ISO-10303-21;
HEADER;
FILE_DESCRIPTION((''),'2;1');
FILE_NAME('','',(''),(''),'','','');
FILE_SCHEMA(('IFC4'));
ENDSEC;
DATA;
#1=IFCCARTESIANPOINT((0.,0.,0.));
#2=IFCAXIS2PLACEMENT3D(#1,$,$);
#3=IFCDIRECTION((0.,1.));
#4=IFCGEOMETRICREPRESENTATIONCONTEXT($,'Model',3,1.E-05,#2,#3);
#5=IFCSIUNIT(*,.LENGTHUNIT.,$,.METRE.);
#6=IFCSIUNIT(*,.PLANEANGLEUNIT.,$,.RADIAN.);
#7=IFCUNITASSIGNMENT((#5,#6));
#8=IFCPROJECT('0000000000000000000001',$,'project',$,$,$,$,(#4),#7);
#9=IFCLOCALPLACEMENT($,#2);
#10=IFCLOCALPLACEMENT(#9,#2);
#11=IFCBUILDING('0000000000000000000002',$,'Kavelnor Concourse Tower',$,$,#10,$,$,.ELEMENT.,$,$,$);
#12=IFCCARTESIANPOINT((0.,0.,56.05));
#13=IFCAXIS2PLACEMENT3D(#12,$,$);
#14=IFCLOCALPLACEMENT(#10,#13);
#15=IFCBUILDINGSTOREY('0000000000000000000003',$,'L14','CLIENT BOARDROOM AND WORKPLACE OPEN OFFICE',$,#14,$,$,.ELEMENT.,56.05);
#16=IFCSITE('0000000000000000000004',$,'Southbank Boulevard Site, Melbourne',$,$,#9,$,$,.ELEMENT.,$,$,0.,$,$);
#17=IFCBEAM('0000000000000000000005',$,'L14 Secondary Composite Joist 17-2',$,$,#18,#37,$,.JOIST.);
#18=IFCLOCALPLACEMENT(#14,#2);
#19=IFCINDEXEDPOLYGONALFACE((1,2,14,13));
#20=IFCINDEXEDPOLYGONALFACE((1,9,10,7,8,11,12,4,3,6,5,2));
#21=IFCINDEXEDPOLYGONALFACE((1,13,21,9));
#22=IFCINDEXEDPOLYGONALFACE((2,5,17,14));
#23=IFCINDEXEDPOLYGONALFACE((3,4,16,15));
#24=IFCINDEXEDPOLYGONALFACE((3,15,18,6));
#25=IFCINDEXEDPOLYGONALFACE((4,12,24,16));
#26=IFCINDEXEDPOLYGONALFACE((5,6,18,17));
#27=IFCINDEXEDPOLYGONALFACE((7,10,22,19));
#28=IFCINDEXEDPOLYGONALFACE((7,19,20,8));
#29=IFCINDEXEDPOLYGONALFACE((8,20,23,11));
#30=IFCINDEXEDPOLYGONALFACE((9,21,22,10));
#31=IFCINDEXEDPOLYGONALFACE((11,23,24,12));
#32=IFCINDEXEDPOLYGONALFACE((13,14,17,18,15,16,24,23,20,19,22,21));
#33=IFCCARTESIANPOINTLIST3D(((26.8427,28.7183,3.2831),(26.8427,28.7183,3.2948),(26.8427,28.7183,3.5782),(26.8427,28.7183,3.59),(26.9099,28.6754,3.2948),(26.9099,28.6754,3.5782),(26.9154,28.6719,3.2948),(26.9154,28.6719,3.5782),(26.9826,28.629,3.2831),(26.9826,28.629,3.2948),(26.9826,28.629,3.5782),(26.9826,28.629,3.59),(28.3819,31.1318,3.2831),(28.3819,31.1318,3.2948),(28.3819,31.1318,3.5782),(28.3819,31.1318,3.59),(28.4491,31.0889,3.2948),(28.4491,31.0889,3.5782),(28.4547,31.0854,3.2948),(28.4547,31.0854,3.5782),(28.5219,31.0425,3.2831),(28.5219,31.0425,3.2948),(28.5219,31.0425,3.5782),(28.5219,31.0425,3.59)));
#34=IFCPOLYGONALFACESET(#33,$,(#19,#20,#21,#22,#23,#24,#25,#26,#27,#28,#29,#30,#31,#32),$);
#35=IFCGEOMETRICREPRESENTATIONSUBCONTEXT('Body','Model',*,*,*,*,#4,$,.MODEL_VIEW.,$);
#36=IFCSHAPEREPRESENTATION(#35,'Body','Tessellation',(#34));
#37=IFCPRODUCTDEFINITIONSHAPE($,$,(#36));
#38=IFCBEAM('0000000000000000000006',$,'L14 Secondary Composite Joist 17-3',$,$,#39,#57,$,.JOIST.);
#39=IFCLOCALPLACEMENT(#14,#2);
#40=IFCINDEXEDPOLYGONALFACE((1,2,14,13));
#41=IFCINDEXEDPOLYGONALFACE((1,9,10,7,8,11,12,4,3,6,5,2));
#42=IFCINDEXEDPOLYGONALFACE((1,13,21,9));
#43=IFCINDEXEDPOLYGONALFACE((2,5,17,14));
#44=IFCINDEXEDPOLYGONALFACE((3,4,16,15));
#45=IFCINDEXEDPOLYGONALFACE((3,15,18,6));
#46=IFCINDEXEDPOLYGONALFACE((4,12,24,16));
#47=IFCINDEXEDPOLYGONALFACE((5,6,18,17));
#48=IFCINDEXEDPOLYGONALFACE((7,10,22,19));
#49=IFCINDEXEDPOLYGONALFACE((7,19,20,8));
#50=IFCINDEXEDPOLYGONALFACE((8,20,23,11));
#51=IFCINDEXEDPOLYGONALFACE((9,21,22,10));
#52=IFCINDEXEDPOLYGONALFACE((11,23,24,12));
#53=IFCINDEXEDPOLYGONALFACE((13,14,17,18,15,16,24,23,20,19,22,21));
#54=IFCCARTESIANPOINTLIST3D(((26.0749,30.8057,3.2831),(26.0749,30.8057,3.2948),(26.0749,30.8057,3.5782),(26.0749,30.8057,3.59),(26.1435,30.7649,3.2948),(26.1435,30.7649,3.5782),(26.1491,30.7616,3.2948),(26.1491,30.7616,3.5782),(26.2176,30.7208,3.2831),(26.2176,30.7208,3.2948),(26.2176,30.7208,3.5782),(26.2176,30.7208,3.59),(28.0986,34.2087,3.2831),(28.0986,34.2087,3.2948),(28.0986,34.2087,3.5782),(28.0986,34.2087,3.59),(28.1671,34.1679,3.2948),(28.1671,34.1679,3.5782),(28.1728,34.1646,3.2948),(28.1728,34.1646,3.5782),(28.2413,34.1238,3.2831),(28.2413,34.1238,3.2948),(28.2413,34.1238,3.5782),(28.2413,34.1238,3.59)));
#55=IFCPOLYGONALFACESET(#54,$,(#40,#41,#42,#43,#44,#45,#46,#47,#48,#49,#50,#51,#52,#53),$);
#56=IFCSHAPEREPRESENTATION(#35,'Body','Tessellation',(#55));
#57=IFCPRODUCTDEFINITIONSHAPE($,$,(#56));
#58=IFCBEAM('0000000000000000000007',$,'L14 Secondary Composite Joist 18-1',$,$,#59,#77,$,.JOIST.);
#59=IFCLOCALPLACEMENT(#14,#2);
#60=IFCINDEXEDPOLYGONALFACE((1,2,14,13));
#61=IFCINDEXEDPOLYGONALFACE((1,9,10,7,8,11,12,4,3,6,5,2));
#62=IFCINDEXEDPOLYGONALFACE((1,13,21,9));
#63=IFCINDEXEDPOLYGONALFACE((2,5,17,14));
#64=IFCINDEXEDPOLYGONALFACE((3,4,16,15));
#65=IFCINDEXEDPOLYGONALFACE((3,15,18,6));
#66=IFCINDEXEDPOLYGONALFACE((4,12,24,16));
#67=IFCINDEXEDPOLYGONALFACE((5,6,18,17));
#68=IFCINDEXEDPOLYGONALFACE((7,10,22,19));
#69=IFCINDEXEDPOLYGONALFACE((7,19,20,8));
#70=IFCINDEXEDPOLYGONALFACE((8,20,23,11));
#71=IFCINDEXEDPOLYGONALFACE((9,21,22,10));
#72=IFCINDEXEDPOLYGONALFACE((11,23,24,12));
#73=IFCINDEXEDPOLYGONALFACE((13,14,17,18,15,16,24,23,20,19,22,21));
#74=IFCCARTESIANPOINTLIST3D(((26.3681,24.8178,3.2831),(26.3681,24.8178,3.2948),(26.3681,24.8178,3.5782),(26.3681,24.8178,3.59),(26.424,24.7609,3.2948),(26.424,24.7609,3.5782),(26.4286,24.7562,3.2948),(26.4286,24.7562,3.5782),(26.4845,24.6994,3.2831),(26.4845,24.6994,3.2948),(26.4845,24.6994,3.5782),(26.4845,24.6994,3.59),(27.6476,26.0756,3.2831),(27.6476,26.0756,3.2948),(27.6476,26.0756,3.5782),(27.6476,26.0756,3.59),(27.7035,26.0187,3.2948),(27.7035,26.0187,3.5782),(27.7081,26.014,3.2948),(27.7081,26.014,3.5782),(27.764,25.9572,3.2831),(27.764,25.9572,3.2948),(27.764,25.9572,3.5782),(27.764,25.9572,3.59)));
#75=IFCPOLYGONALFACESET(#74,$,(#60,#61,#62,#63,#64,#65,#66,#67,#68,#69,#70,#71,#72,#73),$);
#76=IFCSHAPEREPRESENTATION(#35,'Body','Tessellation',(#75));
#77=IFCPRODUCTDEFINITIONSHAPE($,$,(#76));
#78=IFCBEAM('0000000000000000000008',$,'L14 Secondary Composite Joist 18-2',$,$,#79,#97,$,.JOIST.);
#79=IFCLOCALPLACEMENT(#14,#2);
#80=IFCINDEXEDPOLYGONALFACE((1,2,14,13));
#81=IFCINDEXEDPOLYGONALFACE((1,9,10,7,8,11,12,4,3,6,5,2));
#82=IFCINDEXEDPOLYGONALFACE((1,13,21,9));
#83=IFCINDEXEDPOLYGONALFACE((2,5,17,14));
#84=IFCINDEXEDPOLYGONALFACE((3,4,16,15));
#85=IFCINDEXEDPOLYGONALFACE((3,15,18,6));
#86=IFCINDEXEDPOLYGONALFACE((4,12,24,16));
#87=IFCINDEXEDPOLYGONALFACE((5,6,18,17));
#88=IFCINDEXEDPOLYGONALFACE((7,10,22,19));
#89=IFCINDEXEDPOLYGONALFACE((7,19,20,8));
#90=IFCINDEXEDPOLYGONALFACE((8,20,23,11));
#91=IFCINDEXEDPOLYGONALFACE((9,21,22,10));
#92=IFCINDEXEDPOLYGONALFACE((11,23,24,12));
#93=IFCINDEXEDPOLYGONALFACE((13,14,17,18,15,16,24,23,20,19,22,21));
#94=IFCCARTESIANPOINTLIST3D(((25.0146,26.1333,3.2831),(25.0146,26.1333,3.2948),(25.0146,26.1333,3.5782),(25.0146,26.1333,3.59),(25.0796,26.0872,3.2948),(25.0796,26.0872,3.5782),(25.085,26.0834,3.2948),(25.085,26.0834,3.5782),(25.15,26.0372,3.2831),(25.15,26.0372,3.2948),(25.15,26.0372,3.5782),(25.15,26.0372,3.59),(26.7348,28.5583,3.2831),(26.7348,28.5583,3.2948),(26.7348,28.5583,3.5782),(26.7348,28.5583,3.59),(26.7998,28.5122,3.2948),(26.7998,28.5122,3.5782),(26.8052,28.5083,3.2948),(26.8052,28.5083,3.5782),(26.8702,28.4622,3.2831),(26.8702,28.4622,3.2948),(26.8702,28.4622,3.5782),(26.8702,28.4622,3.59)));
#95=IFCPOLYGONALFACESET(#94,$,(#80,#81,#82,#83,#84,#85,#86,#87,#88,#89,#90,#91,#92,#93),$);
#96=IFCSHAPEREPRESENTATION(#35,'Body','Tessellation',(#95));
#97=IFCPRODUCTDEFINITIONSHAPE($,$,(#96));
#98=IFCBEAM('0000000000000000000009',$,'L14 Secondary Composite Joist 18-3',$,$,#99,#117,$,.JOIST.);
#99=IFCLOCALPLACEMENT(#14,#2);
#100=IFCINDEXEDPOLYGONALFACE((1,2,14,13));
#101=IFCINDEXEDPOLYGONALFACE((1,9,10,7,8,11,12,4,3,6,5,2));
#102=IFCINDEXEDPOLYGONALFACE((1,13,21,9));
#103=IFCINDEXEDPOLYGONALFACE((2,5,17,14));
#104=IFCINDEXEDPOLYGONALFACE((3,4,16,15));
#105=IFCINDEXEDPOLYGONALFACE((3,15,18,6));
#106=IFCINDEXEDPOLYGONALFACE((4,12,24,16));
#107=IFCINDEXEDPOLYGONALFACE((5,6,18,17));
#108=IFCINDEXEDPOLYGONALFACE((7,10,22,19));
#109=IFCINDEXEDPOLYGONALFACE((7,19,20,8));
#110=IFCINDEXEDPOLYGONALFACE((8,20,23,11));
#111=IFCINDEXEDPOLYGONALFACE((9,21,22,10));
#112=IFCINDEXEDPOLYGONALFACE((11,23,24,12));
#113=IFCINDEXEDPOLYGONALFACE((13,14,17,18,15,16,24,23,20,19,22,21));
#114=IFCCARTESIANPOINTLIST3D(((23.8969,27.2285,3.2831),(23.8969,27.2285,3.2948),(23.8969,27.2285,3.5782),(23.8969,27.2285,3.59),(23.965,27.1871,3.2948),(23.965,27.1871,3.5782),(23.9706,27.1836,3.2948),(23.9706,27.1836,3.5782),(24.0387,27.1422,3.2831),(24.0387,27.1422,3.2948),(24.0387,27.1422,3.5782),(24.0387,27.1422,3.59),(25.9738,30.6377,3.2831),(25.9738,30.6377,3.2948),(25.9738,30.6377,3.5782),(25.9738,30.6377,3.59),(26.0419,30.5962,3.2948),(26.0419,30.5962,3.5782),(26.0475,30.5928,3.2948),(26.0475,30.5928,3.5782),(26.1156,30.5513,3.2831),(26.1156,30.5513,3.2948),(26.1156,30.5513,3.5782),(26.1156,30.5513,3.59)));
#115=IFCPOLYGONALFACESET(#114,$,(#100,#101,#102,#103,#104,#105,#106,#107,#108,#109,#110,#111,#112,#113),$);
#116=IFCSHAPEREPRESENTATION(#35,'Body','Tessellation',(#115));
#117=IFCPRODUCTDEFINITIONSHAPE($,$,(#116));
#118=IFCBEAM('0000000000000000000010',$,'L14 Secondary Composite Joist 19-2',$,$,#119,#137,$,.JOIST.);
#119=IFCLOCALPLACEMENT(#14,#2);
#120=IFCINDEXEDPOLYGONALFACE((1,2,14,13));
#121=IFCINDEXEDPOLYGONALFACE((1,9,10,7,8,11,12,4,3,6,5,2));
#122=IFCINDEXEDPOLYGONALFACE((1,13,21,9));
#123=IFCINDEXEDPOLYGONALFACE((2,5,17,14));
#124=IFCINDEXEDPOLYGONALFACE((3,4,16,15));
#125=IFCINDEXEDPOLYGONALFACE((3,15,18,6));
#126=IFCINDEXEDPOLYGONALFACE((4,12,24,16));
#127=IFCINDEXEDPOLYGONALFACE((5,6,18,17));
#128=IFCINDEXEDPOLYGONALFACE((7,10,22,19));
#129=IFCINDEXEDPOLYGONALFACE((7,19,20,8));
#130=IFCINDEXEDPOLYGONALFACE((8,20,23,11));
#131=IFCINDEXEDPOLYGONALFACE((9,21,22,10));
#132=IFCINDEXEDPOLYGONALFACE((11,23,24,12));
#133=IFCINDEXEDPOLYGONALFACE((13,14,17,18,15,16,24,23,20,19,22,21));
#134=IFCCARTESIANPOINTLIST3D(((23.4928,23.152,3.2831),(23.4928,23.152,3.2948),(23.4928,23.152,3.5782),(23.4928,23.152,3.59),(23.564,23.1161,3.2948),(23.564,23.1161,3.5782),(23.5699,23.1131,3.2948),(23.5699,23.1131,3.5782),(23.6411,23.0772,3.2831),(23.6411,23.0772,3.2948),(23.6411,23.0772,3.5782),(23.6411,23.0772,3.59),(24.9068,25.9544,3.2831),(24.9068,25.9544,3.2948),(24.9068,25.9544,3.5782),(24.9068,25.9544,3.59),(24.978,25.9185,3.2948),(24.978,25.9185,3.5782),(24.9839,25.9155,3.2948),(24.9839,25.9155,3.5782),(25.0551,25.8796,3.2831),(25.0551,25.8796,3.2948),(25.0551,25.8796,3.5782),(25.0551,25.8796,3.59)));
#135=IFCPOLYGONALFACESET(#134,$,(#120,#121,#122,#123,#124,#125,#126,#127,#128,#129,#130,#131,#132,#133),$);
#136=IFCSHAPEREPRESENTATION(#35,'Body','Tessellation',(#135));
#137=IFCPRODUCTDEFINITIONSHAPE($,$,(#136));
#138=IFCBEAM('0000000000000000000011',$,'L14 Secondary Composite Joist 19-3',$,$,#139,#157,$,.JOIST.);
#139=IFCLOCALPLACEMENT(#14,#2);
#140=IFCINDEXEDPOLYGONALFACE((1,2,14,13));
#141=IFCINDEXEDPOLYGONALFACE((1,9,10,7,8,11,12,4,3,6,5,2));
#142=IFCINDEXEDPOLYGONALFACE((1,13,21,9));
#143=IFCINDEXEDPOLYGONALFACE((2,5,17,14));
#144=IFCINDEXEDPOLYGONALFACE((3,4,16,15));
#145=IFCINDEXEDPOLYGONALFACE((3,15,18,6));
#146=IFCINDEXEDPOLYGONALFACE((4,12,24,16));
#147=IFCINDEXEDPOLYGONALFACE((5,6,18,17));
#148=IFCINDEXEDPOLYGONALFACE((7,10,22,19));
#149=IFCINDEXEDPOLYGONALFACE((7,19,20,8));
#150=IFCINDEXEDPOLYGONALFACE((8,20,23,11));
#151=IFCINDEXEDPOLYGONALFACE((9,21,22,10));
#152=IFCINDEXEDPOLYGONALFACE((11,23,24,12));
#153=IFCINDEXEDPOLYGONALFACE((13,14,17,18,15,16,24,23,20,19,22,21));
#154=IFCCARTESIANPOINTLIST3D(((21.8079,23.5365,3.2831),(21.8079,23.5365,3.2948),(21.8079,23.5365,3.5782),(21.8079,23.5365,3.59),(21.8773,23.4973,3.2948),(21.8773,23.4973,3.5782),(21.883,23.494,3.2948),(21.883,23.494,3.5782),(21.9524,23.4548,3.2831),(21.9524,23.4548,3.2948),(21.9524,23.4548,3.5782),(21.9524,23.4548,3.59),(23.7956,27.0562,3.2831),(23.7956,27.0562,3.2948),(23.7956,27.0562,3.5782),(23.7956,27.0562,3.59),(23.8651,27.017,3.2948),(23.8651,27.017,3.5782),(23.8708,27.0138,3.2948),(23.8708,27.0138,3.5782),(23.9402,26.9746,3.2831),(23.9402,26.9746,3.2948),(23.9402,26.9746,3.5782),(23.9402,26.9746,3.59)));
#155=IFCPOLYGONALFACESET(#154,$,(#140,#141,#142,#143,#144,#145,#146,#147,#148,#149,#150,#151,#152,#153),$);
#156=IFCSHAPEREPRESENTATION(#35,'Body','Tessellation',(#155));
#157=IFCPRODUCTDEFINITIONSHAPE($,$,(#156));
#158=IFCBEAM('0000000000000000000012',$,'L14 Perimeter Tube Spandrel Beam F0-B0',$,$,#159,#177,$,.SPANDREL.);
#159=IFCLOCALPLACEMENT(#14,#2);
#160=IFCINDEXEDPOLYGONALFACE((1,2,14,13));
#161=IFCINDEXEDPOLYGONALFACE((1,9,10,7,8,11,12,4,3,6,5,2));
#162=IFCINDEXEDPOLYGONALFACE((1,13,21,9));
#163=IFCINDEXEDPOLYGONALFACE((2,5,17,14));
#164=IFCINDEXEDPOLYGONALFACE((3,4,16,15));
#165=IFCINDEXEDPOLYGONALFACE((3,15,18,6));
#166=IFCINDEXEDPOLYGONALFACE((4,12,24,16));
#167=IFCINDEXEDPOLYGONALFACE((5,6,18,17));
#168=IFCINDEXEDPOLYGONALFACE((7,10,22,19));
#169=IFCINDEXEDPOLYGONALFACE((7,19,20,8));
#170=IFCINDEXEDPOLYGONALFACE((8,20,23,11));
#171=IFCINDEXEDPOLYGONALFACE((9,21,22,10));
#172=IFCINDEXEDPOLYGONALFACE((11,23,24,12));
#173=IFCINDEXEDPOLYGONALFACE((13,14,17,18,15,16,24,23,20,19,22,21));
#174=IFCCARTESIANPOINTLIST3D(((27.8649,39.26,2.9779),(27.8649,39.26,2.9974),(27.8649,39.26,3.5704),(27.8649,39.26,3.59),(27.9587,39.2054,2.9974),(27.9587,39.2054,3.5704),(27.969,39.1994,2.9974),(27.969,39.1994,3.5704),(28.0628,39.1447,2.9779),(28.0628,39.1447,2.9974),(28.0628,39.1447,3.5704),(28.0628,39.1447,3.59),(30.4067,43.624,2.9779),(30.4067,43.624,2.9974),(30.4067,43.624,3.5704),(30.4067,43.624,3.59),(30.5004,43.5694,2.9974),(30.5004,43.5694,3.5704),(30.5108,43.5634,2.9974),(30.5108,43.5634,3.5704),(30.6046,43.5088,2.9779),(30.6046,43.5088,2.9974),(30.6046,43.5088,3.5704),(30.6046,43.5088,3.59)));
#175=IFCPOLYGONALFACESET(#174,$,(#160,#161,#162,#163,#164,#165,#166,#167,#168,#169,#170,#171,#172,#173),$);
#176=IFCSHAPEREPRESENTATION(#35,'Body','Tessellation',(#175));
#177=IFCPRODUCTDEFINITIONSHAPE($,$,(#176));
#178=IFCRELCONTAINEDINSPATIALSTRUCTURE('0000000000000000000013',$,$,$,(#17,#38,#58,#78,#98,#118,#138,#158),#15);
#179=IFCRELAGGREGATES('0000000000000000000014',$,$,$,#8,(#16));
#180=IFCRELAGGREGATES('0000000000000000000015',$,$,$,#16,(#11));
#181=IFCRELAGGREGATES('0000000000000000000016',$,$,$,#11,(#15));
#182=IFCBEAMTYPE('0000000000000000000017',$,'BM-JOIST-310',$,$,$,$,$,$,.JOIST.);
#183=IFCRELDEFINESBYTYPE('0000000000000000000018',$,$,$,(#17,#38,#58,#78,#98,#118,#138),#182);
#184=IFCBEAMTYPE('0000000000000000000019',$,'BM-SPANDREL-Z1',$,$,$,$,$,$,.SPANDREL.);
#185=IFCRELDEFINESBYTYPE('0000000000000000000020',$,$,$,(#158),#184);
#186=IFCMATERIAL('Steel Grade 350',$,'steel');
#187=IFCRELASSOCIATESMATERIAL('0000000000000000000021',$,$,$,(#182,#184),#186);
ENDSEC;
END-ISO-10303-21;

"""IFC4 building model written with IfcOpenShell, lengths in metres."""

from ifc_helpers import new_model, si_unit, direction, frame, origin, origin_2d, place, context, subcontext, project, spatial, i_section, extrude, material, material_profile, profile_set, type_object, element, save


model = new_model("IFC4")

# Units and contexts
model_context = context("Model", 3, precision=1e-05, world=origin(), true_north=direction((0.0, 1.0)))
body_context = subcontext(model_context, "Body", "Model", "MODEL_VIEW")
ifc_project = project(units=[si_unit("LENGTHUNIT", "METRE"), si_unit("PLANEANGLEUNIT", "RADIAN")], contexts=[model_context])

# Site, building, storey
site_placement = place(None, origin())
site = spatial("IfcSite", under=ifc_project, at=site_placement, Name="Southbank Boulevard Site, Melbourne", CompositionType="ELEMENT", RefElevation=0.0)
building_placement = place(site_placement, origin())
building = spatial("IfcBuilding", under=site, at=building_placement, Name="Kavelnor Concourse Tower", CompositionType="ELEMENT")
storey_placement = place(building_placement, frame((0.0, 0.0, 56.05)))
storey = spatial("IfcBuildingStorey", under=building, at=storey_placement, Name="L14", Description="CLIENT BOARDROOM AND WORKPLACE OPEN OFFICE", CompositionType="ELEMENT", Elevation=56.05)

# Shared definitions
ifc_material_1 = material(Name="Steel Grade 350", Category="steel")

# Beams
ifc_material_profile_1 = material_profile(ifc_material_1, i_section(OverallWidth=0.166, OverallDepth=0.3069, WebThickness=0.0066, FlangeThickness=0.0117, at=origin_2d()), Name="310UB46")
ifc_profile_set_1 = profile_set([ifc_material_profile_1], Name="Steel Grade 350")
beam_type_1 = type_object("IfcBeamType", Name="BM-JOIST-310", PredefinedType="JOIST", material=ifc_profile_set_1)
beam_1_placement = place(storey_placement, frame((28.4519, 31.0872, 3.4365), z_axis=(-0.53772, -0.843124, 0.0), x_axis=(0.843124, -0.53772, 0.0)))
element("IfcBeam", 1, at=beam_1_placement, inside=storey, type_object=beam_type_1, Name="L14 Secondary Composite Joist 17-2", PredefinedType="JOIST", context=body_context, shape_type="SweptSolid", body=[
    extrude(i_section(OverallWidth=0.166, OverallDepth=0.3069, WebThickness=0.0066, FlangeThickness=0.0117, at=origin_2d()), origin(), (0.0, 0.0, 1.0), 2.8625),
])
beam_2_placement = place(storey_placement, frame((28.1699, 34.1663, 3.4365), z_axis=(-0.511118, -0.85951, 0.0), x_axis=(0.85951, -0.511118, 0.0)))
element("IfcBeam", 2, at=beam_2_placement, inside=storey, type_object=beam_type_1, Name="L14 Secondary Composite Joist 17-3", PredefinedType="JOIST", context=body_context, shape_type="SweptSolid", body=[
    extrude(i_section(OverallWidth=0.166, OverallDepth=0.3069, WebThickness=0.0066, FlangeThickness=0.0117, at=origin_2d()), origin(), (0.0, 0.0, 1.0), 3.9592),
])
beam_3_placement = place(storey_placement, frame((27.7058, 26.0164, 3.4365), z_axis=(-0.713136, -0.701026, 0.0), x_axis=(0.701026, -0.713136, 0.0)))
element("IfcBeam", 3, at=beam_3_placement, inside=storey, type_object=beam_type_1, Name="L14 Secondary Composite Joist 18-1", PredefinedType="JOIST", context=body_context, shape_type="SweptSolid", body=[
    extrude(i_section(OverallWidth=0.166, OverallDepth=0.3069, WebThickness=0.0066, FlangeThickness=0.0117, at=origin_2d()), origin(), (0.0, 0.0, 1.0), 1.7942),
])
beam_4_placement = place(storey_placement, frame((26.8025, 28.5103, 3.4365), z_axis=(-0.578571, -0.815632, 0.0), x_axis=(0.815632, -0.578571, 0.0)))
element("IfcBeam", 4, at=beam_4_placement, inside=storey, type_object=beam_type_1, Name="L14 Secondary Composite Joist 18-2", PredefinedType="JOIST", context=body_context, shape_type="SweptSolid", body=[
    extrude(i_section(OverallWidth=0.166, OverallDepth=0.3069, WebThickness=0.0066, FlangeThickness=0.0117, at=origin_2d()), origin(), (0.0, 0.0, 1.0), 2.9731),
])
beam_5_placement = place(storey_placement, frame((26.0447, 30.5945, 3.4365), z_axis=(-0.520267, -0.854004, 0.0), x_axis=(0.854004, -0.520267, 0.0)))
element("IfcBeam", 5, at=beam_5_placement, inside=storey, type_object=beam_type_1, Name="L14 Secondary Composite Joist 18-3", PredefinedType="JOIST", context=body_context, shape_type="SweptSolid", body=[
    extrude(i_section(OverallWidth=0.166, OverallDepth=0.3069, WebThickness=0.0066, FlangeThickness=0.0117, at=origin_2d()), origin(), (0.0, 0.0, 1.0), 3.9919),
])
beam_6_placement = place(storey_placement, frame((24.981, 25.917, 3.4365), z_axis=(-0.450477, -0.892788, 0.0), x_axis=(0.892788, -0.450477, 0.0)))
element("IfcBeam", 6, at=beam_6_placement, inside=storey, type_object=beam_type_1, Name="L14 Secondary Composite Joist 19-2", PredefinedType="JOIST", context=body_context, shape_type="SweptSolid", body=[
    extrude(i_section(OverallWidth=0.166, OverallDepth=0.3069, WebThickness=0.0066, FlangeThickness=0.0117, at=origin_2d()), origin(), (0.0, 0.0, 1.0), 3.1389),
])
beam_7_placement = place(storey_placement, frame((23.8679, 27.0154, 3.4365), z_axis=(-0.491749, -0.870737, 0.0), x_axis=(0.870737, -0.491749, 0.0)))
element("IfcBeam", 7, at=beam_7_placement, inside=storey, type_object=beam_type_1, Name="L14 Secondary Composite Joist 19-3", PredefinedType="JOIST", context=body_context, shape_type="SweptSolid", body=[
    extrude(i_section(OverallWidth=0.166, OverallDepth=0.3069, WebThickness=0.0066, FlangeThickness=0.0117, at=origin_2d()), origin(), (0.0, 0.0, 1.0), 4.0422),
])
ifc_material_profile_2 = material_profile(ifc_material_1, i_section(OverallWidth=0.229, OverallDepth=0.6121, WebThickness=0.012, FlangeThickness=0.0195, at=origin_2d()), Name="610UB125")
ifc_profile_set_2 = profile_set([ifc_material_profile_2], Name="Steel Grade 350")
beam_type_2 = type_object("IfcBeamType", Name="BM-SPANDREL-Z1", PredefinedType="SPANDREL", material=ifc_profile_set_2)
beam_8_placement = place(storey_placement, frame((30.5056, 43.5664, 3.2839), z_axis=(-0.503291, -0.864117, 0.0), x_axis=(0.864117, -0.503291, 0.0)))
element("IfcBeam", 8, at=beam_8_placement, inside=storey, type_object=beam_type_2, Name="L14 Perimeter Tube Spandrel Beam F0-B0", PredefinedType="SPANDREL", context=body_context, shape_type="SweptSolid", body=[
    extrude(i_section(OverallWidth=0.229, OverallDepth=0.6121, WebThickness=0.012, FlangeThickness=0.0195, at=origin_2d()), origin(), (0.0, 0.0, 1.0), 5.0503),
])

save(model, "model.ifc")
